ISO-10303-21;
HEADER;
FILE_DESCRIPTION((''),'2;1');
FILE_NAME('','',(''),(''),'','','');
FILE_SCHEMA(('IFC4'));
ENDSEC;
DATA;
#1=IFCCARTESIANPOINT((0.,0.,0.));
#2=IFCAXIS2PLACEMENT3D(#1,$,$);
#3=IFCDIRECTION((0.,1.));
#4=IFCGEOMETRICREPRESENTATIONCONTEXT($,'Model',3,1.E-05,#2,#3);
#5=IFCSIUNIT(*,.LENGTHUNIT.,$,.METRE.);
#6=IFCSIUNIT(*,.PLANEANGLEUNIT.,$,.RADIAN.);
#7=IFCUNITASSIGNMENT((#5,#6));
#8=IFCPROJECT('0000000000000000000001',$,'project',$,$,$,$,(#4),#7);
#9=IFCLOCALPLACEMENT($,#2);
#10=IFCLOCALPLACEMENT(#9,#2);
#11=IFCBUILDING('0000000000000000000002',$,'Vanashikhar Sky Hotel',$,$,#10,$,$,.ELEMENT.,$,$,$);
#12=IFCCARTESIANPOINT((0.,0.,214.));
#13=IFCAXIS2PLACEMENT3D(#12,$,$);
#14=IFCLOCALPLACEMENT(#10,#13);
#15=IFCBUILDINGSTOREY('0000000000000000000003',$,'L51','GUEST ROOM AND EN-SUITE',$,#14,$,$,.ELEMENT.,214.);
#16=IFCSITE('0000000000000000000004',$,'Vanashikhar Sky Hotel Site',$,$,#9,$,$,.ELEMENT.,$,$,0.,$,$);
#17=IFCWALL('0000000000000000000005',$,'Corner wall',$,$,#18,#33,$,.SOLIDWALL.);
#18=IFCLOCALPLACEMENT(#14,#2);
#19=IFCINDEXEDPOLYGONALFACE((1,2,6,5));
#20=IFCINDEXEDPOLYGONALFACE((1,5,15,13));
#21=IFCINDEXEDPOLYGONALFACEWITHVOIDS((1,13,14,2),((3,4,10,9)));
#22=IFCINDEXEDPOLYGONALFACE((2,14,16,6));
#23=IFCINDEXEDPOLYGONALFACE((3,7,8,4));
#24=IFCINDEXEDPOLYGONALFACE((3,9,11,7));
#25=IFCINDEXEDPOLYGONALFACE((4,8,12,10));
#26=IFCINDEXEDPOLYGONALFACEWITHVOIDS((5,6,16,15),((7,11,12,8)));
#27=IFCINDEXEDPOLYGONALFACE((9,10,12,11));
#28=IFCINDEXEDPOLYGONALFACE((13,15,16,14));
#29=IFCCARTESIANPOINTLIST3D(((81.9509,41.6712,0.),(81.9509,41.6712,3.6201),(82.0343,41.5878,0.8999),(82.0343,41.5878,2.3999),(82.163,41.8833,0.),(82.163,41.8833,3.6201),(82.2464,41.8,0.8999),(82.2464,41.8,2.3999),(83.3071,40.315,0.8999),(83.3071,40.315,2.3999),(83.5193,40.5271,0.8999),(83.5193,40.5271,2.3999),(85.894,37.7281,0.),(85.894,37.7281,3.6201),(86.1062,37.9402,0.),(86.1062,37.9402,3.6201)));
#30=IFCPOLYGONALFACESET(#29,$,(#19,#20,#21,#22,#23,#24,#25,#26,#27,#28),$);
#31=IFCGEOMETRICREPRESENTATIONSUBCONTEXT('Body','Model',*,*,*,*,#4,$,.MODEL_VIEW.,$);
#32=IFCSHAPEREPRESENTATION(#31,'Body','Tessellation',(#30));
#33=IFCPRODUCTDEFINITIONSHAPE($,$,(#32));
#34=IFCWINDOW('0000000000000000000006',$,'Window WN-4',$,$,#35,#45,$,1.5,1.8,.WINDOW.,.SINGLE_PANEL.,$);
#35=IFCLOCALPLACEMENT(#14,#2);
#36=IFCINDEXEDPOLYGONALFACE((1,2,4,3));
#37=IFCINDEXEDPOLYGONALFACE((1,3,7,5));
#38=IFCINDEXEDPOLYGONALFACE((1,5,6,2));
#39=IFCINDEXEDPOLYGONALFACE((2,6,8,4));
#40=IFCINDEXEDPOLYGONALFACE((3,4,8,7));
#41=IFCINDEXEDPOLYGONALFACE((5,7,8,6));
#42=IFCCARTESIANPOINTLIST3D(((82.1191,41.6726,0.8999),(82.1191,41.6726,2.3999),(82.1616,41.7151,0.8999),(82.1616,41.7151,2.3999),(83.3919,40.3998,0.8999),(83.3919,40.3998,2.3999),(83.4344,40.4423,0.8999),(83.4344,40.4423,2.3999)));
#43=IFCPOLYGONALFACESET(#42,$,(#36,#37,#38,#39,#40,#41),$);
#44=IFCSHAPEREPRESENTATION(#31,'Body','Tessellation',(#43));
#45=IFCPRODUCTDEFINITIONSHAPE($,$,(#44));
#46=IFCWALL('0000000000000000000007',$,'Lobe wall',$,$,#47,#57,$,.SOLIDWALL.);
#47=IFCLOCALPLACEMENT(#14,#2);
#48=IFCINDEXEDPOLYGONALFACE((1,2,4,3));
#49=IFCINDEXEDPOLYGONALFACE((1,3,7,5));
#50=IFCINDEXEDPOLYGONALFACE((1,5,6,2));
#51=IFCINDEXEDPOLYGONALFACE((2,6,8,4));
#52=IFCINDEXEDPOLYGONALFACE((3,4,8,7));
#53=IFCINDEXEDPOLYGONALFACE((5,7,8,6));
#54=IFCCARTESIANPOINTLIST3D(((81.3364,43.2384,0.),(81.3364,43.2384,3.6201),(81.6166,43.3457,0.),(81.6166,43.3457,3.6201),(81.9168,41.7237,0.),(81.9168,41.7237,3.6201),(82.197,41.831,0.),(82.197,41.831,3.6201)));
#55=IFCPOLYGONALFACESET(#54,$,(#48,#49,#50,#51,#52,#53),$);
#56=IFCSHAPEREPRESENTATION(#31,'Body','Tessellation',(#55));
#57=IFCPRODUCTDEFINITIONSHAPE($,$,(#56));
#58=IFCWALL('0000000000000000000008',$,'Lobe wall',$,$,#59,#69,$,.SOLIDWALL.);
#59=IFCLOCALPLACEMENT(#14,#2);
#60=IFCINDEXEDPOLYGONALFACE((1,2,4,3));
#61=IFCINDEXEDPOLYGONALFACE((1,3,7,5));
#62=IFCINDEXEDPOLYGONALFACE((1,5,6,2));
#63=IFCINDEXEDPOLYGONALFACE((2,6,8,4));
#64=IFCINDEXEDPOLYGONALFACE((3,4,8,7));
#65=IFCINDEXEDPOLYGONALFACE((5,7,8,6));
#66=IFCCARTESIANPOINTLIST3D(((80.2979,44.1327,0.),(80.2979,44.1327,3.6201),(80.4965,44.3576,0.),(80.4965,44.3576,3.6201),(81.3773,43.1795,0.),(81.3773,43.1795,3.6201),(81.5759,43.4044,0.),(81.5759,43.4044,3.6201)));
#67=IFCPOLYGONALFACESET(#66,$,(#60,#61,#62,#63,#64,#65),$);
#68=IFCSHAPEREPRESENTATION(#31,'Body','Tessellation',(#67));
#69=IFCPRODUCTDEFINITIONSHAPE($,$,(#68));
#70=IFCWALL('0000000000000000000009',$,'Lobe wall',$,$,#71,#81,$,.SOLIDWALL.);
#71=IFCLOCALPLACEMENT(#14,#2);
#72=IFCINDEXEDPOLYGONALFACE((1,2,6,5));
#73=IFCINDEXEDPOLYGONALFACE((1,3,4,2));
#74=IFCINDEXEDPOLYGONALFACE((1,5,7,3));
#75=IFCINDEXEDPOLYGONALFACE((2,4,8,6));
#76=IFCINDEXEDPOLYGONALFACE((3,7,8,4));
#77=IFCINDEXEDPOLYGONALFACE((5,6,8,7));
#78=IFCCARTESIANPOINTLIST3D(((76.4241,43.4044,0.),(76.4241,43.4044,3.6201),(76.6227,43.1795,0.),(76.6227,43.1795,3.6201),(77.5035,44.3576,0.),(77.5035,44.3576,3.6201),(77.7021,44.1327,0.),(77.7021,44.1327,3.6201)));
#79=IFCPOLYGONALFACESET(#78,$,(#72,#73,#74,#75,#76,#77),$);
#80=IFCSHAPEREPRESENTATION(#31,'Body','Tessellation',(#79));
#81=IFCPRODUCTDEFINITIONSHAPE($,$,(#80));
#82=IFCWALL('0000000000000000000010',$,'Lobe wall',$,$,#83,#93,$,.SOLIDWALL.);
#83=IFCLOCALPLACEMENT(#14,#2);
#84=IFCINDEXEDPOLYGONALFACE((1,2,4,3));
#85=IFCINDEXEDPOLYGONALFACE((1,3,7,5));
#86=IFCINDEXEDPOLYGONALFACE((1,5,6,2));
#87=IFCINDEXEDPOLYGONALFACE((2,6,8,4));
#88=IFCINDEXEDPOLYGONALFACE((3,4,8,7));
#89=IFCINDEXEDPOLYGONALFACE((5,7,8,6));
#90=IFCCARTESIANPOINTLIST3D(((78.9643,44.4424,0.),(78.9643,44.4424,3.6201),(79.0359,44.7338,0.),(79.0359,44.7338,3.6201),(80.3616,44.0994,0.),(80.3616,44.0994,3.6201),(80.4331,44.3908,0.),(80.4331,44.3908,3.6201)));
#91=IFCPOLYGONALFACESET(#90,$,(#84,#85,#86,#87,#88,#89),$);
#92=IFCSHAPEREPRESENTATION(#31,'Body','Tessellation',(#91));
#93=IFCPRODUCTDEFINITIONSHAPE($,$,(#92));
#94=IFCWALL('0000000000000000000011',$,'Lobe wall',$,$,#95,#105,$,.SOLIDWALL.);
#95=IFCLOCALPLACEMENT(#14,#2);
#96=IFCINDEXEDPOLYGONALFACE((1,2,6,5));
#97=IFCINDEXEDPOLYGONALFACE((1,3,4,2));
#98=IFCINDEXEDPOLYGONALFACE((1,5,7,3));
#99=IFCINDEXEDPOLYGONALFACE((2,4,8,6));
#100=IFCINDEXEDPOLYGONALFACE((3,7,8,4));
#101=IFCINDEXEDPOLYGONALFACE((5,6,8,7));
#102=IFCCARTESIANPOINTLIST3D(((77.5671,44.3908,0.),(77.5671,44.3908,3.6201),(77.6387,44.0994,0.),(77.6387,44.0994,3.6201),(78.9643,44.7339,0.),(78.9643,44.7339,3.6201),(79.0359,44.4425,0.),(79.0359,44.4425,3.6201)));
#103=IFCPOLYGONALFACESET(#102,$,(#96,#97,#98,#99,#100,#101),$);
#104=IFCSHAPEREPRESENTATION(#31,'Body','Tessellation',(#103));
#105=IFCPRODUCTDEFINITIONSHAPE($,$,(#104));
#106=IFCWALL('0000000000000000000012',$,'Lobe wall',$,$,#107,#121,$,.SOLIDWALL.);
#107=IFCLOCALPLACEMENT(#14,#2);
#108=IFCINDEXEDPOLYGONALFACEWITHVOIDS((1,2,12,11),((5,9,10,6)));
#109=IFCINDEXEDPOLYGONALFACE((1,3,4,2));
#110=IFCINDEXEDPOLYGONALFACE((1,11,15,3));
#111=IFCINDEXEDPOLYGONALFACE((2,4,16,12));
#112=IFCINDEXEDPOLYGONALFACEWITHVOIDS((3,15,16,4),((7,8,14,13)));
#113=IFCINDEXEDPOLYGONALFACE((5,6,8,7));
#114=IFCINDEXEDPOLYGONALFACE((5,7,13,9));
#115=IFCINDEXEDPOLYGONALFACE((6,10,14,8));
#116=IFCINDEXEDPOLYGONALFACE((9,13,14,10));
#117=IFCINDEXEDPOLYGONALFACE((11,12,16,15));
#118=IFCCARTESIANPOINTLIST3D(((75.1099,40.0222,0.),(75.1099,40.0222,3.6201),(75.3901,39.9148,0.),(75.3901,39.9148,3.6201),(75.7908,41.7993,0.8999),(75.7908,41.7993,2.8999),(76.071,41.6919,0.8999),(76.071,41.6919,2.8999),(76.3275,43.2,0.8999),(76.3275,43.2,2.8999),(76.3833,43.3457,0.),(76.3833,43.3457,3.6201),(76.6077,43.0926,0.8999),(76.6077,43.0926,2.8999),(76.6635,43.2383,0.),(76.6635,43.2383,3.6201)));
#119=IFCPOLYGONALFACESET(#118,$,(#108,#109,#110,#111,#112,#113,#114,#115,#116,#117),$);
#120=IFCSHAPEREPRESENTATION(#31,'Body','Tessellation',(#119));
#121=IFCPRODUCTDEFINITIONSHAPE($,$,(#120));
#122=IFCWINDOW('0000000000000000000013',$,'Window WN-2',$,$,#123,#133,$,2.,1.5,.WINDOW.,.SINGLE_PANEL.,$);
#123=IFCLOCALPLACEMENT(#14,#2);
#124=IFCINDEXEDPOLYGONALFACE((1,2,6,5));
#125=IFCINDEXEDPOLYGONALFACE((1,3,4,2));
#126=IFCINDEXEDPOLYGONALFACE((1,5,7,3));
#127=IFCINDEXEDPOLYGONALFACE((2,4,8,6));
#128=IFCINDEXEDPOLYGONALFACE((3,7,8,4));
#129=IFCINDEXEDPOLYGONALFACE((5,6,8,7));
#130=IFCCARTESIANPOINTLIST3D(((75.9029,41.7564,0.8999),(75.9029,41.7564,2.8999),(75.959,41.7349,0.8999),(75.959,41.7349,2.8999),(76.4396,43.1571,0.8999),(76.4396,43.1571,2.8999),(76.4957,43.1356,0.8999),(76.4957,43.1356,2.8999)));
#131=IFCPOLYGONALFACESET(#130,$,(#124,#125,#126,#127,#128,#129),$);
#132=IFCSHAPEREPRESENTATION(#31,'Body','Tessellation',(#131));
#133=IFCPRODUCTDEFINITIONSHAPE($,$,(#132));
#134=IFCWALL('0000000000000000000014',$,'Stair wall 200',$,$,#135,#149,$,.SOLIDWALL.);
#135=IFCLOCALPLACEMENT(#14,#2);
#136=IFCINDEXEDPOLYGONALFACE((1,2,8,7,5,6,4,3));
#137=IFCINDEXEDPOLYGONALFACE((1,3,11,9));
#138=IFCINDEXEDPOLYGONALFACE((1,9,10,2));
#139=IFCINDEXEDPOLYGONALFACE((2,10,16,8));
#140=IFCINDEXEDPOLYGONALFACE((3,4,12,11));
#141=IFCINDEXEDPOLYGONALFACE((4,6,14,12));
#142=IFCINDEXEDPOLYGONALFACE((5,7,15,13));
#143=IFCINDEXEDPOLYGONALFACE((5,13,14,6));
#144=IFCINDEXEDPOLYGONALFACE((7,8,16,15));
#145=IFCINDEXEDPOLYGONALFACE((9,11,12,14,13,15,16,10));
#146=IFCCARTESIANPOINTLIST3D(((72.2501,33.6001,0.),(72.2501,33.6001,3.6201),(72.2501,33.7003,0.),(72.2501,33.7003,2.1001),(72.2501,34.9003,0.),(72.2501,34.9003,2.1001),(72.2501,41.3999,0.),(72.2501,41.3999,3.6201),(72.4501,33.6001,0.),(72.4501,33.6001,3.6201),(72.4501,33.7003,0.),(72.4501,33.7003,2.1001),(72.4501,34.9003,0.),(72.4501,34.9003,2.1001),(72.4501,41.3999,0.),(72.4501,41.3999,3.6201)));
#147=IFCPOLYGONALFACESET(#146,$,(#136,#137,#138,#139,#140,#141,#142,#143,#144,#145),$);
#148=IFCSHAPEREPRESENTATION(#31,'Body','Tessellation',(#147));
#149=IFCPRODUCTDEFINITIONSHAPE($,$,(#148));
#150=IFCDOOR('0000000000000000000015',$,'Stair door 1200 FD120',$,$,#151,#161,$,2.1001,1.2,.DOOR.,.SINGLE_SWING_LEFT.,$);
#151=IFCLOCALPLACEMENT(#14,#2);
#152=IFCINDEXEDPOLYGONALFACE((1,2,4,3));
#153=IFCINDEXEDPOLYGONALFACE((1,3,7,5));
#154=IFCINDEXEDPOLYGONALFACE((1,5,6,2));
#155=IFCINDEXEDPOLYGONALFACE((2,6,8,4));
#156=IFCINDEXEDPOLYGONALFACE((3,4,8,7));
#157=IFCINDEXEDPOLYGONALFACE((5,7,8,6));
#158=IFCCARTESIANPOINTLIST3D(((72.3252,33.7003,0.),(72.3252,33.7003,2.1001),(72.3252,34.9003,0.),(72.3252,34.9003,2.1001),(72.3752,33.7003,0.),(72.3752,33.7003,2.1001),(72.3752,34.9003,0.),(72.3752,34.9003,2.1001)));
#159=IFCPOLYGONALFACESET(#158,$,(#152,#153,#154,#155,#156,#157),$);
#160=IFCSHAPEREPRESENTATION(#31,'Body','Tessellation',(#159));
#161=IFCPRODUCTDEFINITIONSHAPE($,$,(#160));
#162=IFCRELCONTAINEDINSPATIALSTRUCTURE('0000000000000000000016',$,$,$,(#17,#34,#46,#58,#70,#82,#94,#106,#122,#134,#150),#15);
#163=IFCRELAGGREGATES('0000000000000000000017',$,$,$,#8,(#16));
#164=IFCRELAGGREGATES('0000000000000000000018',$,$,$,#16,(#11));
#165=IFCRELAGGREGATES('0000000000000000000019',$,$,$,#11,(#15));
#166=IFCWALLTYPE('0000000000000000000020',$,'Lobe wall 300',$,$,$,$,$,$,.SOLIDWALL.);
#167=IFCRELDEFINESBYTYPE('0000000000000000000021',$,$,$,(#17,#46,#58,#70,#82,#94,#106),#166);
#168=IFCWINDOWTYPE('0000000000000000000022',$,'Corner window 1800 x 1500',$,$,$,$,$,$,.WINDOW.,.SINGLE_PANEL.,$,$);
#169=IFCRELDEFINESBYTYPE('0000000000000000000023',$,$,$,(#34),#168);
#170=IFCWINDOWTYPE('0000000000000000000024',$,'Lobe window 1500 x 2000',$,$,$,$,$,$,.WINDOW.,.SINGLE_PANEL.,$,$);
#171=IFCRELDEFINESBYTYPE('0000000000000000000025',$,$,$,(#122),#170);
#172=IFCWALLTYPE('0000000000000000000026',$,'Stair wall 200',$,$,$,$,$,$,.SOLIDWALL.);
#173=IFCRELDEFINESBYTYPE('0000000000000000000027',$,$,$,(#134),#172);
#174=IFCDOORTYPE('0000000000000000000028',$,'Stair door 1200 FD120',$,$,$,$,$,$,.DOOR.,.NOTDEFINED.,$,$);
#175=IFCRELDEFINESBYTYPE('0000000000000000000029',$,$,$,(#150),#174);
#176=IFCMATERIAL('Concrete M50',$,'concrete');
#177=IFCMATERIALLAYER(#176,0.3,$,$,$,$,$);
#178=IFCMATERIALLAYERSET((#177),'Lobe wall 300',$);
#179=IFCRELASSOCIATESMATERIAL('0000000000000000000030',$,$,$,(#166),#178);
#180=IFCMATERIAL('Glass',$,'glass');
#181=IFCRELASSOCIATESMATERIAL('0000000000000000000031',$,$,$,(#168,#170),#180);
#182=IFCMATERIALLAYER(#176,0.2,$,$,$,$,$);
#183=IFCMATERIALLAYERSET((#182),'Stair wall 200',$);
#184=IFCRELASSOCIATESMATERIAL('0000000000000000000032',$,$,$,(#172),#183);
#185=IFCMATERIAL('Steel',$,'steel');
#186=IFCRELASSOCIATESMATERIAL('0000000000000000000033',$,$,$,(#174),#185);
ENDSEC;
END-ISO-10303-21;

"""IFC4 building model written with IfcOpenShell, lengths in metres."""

from ifc_helpers import new_model, si_unit, direction, frame, frame_2d, origin, place, context, subcontext, project, spatial, rectangle, extrude, source, transform, mapped, material, layer, layer_set, type_object, element, fill, save


model = new_model("IFC4")

# Units and contexts
model_context = context("Model", 3, precision=1e-05, world=origin(), true_north=direction((0.0, 1.0)))
body_context = subcontext(model_context, "Body", "Model", "MODEL_VIEW")
ifc_project = project(units=[si_unit("LENGTHUNIT", "METRE"), si_unit("PLANEANGLEUNIT", "RADIAN")], contexts=[model_context])

# Site, building, storey
site_placement = place(None, origin())
site = spatial("IfcSite", under=ifc_project, at=site_placement, Name="Vanashikhar Sky Hotel Site", CompositionType="ELEMENT", RefElevation=0.0)
building_placement = place(site_placement, origin())
building = spatial("IfcBuilding", under=site, at=building_placement, Name="Vanashikhar Sky Hotel", CompositionType="ELEMENT")
storey_placement = place(building_placement, frame((0.0, 0.0, 214.0)))
storey = spatial("IfcBuildingStorey", under=building, at=storey_placement, Name="L51", Description="GUEST ROOM AND EN-SUITE", CompositionType="ELEMENT", Elevation=214.0)

# Wall, opening, window
ifc_material_1 = material(Name="Concrete M50", Category="concrete")
ifc_layer_1 = layer(ifc_material_1, 0.3)
ifc_layer_set_1 = layer_set([ifc_layer_1], Name="Lobe wall 300")
wall_type_1 = type_object("IfcWallType", Name="Lobe wall 300", PredefinedType="SOLIDWALL", material=ifc_layer_set_1)
shared_shape_1 = source(origin(), body_context, "Body", "SweptSolid", [
    extrude(rectangle(XDim=5.5764, YDim=0.3, at=frame_2d((2.7881, 0.0))), origin(), (0.0, 0.0, 1.0), 3.6201),
])
wall_1_placement = place(storey_placement, frame((86.0, 37.8342, 0.0), z_axis=(0.0, 0.0, 1.0), x_axis=(-0.707107, 0.707107, 0.0)))
wall_1 = element("IfcWall", 1, at=wall_1_placement, inside=storey, type_object=wall_type_1, Name="Corner wall", PredefinedType="SOLIDWALL", context=body_context, shape_type="MappedRepresentation", body=[
    mapped(shared_shape_1, transform((0.0, 0.0, 0.0), scale=1.0)),
])
shared_shape_2 = source(origin(), body_context, "Body", "SweptSolid", [
    extrude(rectangle(XDim=1.8, YDim=1.5, at=frame_2d((0.8999, 0.75))), frame((0.0, 0.1602, 0.0), z_axis=(0.0, -1.0, 0.0), x_axis=(1.0, 0.0, 0.0)), (0.0, 0.0, 1.0), 0.3201),
])
opening_1_placement = place(wall_1_placement, frame((3.6584, 0.0, 0.8999)))
opening_1 = element("IfcOpeningElement", 2, at=opening_1_placement, cuts=wall_1, PredefinedType="OPENING", context=body_context, shape_type="MappedRepresentation", body=[
    mapped(shared_shape_2, transform((0.0, 0.0, 0.0), scale=1.0)),
])
ifc_material_2 = material(Name="Glass", Category="glass")
window_type_1 = type_object("IfcWindowType", Name="Corner window 1800 x 1500", PartitioningType="SINGLE_PANEL", PredefinedType="WINDOW", material=ifc_material_2)
shared_shape_3 = source(origin(), body_context, "Body", "SweptSolid", [
    extrude(rectangle(XDim=1.8, YDim=1.5, at=frame_2d((0.8999, 0.75))), frame((0.0, 0.03, 0.0), z_axis=(0.0, -1.0, 0.0), x_axis=(1.0, 0.0, 0.0)), (0.0, 0.0, 1.0), 0.0601),
])
window_1_placement = place(opening_1_placement, origin())
window_1 = element("IfcWindow", 3, at=window_1_placement, inside=storey, type_object=window_type_1, Name="Window WN-4", OverallHeight=1.5, OverallWidth=1.8, PartitioningType="SINGLE_PANEL", PredefinedType="WINDOW", context=body_context, shape_type="MappedRepresentation", body=[
    mapped(shared_shape_3, transform((0.0, 0.0, 0.0), scale=1.0)),
])
fill(opening_1, window_1)

# Walls
shared_shape_4 = source(origin(), body_context, "Body", "SweptSolid", [
    extrude(rectangle(XDim=1.6221, YDim=0.3, at=frame_2d((0.811, 0.0))), origin(), (0.0, 0.0, 1.0), 3.6201),
])
wall_2_placement = place(storey_placement, frame((82.0569, 41.7773, 0.0), z_axis=(0.0, 0.0, 1.0), x_axis=(-0.357779, 0.933806, 0.0)))
element("IfcWall", 4, at=wall_2_placement, inside=storey, type_object=wall_type_1, Name="Lobe wall", PredefinedType="SOLIDWALL", context=body_context, shape_type="MappedRepresentation", body=[
    mapped(shared_shape_4, transform((0.0, 0.0, 0.0), scale=1.0)),
])
shared_shape_5 = source(origin(), body_context, "Body", "SweptSolid", [
    extrude(rectangle(XDim=1.4399, YDim=0.3, at=frame_2d((0.72, 0.0))), origin(), (0.0, 0.0, 1.0), 3.6201),
])
for number, where, z_axis, x_axis, name in (
    (5, (81.4766, 43.292, 0.0), (0.0, 0.0, 1.0), (-0.749576, 0.661919, 0.0), "Lobe wall"),
    (6, (77.6028, 44.2451, 0.0), (0.0, 0.0, 1.0), (-0.749576, -0.661919, 0.0), "Lobe wall"),
):
    element("IfcWall", number, at=place(storey_placement, frame(where, z_axis=z_axis, x_axis=x_axis)), inside=storey, type_object=wall_type_1, Name=name, PredefinedType="SOLIDWALL", context=body_context, shape_type="MappedRepresentation", body=[
        mapped(shared_shape_5, transform((0.0, 0.0, 0.0), scale=1.0)),
    ])
shared_shape_6 = source(origin(), body_context, "Body", "SweptSolid", [
    extrude(rectangle(XDim=1.4387, YDim=0.3, at=frame_2d((0.7192, 0.0))), origin(), (0.0, 0.0, 1.0), 3.6201),
])
for number, where, z_axis, x_axis, name in (
    (7, (80.3972, 44.2451, 0.0), (0.0, 0.0, 1.0), (-0.971162, 0.238421, 0.0), "Lobe wall"),
    (8, (79.0, 44.5881, 0.0), (0.0, 0.0, 1.0), (-0.971162, -0.238421, 0.0), "Lobe wall"),
):
    element("IfcWall", number, at=place(storey_placement, frame(where, z_axis=z_axis, x_axis=x_axis)), inside=storey, type_object=wall_type_1, Name=name, PredefinedType="SOLIDWALL", context=body_context, shape_type="MappedRepresentation", body=[
        mapped(shared_shape_6, transform((0.0, 0.0, 0.0), scale=1.0)),
    ])

# Wall, opening, window
shared_shape_7 = source(origin(), body_context, "Body", "SweptSolid", [
    extrude(rectangle(XDim=3.5591, YDim=0.3, at=frame_2d((1.7795, 0.0))), origin(), (0.0, 0.0, 1.0), 3.6201),
])
wall_3_placement = place(storey_placement, frame((76.5234, 43.292, 0.0), z_axis=(0.0, 0.0, 1.0), x_axis=(-0.357797, -0.933799, 0.0)))
wall_3 = element("IfcWall", 9, at=wall_3_placement, inside=storey, type_object=wall_type_1, Name="Lobe wall", PredefinedType="SOLIDWALL", context=body_context, shape_type="MappedRepresentation", body=[
    mapped(shared_shape_7, transform((0.0, 0.0, 0.0), scale=1.0)),
])
shared_shape_8 = source(origin(), body_context, "Body", "SweptSolid", [
    extrude(rectangle(XDim=1.5, YDim=2.0, at=frame_2d((0.75, 1.0))), frame((0.0, 0.1602, 0.0), z_axis=(0.0, -1.0, 0.0), x_axis=(1.0, 0.0, 0.0)), (0.0, 0.0, 1.0), 0.3201),
])
opening_2_placement = place(wall_3_placement, frame((0.156, 0.0, 0.8999)))
opening_2 = element("IfcOpeningElement", 10, at=opening_2_placement, cuts=wall_3, PredefinedType="OPENING", context=body_context, shape_type="MappedRepresentation", body=[
    mapped(shared_shape_8, transform((0.0, 0.0, 0.0), scale=1.0)),
])
window_type_2 = type_object("IfcWindowType", Name="Lobe window 1500 x 2000", PartitioningType="SINGLE_PANEL", PredefinedType="WINDOW", material=ifc_material_2)
shared_shape_9 = source(origin(), body_context, "Body", "SweptSolid", [
    extrude(rectangle(XDim=1.5, YDim=2.0, at=frame_2d((0.75, 1.0))), frame((0.0, 0.03, 0.0), z_axis=(0.0, -1.0, 0.0), x_axis=(1.0, 0.0, 0.0)), (0.0, 0.0, 1.0), 0.0601),
])
window_2_placement = place(opening_2_placement, origin())
window_2 = element("IfcWindow", 11, at=window_2_placement, inside=storey, type_object=window_type_2, Name="Window WN-2", OverallHeight=2.0, OverallWidth=1.5, PartitioningType="SINGLE_PANEL", PredefinedType="WINDOW", context=body_context, shape_type="MappedRepresentation", body=[
    mapped(shared_shape_9, transform((0.0, 0.0, 0.0), scale=1.0)),
])
fill(opening_2, window_2)

# Wall, opening, door
ifc_layer_2 = layer(ifc_material_1, 0.2)
ifc_layer_set_2 = layer_set([ifc_layer_2], Name="Stair wall 200")
wall_type_2 = type_object("IfcWallType", Name="Stair wall 200", PredefinedType="SOLIDWALL", material=ifc_layer_set_2)
shared_shape_10 = source(origin(), body_context, "Body", "SweptSolid", [
    extrude(rectangle(XDim=7.7998, YDim=0.2, at=frame_2d((3.8999, 0.0))), origin(), (0.0, 0.0, 1.0), 3.6201),
])
wall_4_placement = place(storey_placement, frame((72.3501, 33.6001, 0.0), z_axis=(0.0, 0.0, 1.0), x_axis=(0.0, 1.0, 0.0)))
wall_4 = element("IfcWall", 12, at=wall_4_placement, inside=storey, type_object=wall_type_2, Name="Stair wall 200", PredefinedType="SOLIDWALL", context=body_context, shape_type="MappedRepresentation", body=[
    mapped(shared_shape_10, transform((0.0, 0.0, 0.0), scale=1.0)),
])
shared_shape_11 = source(origin(), body_context, "Body", "SweptSolid", [
    extrude(rectangle(XDim=1.2, YDim=2.1001, at=frame_2d((0.6001, 1.05))), frame((0.0, 0.1099, 0.0), z_axis=(0.0, -1.0, 0.0), x_axis=(1.0, 0.0, 0.0)), (0.0, 0.0, 1.0), 0.22),
])
opening_3_placement = place(wall_4_placement, frame((0.1001, 0.0, 0.0)))
opening_3 = element("IfcOpeningElement", 13, at=opening_3_placement, cuts=wall_4, PredefinedType="OPENING", context=body_context, shape_type="MappedRepresentation", body=[
    mapped(shared_shape_11, transform((0.0, 0.0, 0.0), scale=1.0)),
])
ifc_material_3 = material(Name="Steel", Category="steel")
door_type = type_object("IfcDoorType", Name="Stair door 1200 FD120", OperationType="NOTDEFINED", PredefinedType="DOOR", material=ifc_material_3)
shared_shape_12 = source(origin(), body_context, "Body", "SweptSolid", [
    extrude(rectangle(XDim=1.2, YDim=2.1001, at=frame_2d((0.6001, 1.05))), frame((0.0, 0.0249, 0.0), z_axis=(0.0, -1.0, 0.0), x_axis=(1.0, 0.0, 0.0)), (0.0, 0.0, 1.0), 0.05),
])
door_placement = place(opening_3_placement, origin())
door = element("IfcDoor", 14, at=door_placement, inside=storey, type_object=door_type, Name="Stair door 1200 FD120", OperationType="SINGLE_SWING_LEFT", OverallHeight=2.1001, OverallWidth=1.2, PredefinedType="DOOR", context=body_context, shape_type="MappedRepresentation", body=[
    mapped(shared_shape_12, transform((0.0, 0.0, 0.0), scale=1.0)),
])
fill(opening_3, door)

save(model, "model.ifc")
